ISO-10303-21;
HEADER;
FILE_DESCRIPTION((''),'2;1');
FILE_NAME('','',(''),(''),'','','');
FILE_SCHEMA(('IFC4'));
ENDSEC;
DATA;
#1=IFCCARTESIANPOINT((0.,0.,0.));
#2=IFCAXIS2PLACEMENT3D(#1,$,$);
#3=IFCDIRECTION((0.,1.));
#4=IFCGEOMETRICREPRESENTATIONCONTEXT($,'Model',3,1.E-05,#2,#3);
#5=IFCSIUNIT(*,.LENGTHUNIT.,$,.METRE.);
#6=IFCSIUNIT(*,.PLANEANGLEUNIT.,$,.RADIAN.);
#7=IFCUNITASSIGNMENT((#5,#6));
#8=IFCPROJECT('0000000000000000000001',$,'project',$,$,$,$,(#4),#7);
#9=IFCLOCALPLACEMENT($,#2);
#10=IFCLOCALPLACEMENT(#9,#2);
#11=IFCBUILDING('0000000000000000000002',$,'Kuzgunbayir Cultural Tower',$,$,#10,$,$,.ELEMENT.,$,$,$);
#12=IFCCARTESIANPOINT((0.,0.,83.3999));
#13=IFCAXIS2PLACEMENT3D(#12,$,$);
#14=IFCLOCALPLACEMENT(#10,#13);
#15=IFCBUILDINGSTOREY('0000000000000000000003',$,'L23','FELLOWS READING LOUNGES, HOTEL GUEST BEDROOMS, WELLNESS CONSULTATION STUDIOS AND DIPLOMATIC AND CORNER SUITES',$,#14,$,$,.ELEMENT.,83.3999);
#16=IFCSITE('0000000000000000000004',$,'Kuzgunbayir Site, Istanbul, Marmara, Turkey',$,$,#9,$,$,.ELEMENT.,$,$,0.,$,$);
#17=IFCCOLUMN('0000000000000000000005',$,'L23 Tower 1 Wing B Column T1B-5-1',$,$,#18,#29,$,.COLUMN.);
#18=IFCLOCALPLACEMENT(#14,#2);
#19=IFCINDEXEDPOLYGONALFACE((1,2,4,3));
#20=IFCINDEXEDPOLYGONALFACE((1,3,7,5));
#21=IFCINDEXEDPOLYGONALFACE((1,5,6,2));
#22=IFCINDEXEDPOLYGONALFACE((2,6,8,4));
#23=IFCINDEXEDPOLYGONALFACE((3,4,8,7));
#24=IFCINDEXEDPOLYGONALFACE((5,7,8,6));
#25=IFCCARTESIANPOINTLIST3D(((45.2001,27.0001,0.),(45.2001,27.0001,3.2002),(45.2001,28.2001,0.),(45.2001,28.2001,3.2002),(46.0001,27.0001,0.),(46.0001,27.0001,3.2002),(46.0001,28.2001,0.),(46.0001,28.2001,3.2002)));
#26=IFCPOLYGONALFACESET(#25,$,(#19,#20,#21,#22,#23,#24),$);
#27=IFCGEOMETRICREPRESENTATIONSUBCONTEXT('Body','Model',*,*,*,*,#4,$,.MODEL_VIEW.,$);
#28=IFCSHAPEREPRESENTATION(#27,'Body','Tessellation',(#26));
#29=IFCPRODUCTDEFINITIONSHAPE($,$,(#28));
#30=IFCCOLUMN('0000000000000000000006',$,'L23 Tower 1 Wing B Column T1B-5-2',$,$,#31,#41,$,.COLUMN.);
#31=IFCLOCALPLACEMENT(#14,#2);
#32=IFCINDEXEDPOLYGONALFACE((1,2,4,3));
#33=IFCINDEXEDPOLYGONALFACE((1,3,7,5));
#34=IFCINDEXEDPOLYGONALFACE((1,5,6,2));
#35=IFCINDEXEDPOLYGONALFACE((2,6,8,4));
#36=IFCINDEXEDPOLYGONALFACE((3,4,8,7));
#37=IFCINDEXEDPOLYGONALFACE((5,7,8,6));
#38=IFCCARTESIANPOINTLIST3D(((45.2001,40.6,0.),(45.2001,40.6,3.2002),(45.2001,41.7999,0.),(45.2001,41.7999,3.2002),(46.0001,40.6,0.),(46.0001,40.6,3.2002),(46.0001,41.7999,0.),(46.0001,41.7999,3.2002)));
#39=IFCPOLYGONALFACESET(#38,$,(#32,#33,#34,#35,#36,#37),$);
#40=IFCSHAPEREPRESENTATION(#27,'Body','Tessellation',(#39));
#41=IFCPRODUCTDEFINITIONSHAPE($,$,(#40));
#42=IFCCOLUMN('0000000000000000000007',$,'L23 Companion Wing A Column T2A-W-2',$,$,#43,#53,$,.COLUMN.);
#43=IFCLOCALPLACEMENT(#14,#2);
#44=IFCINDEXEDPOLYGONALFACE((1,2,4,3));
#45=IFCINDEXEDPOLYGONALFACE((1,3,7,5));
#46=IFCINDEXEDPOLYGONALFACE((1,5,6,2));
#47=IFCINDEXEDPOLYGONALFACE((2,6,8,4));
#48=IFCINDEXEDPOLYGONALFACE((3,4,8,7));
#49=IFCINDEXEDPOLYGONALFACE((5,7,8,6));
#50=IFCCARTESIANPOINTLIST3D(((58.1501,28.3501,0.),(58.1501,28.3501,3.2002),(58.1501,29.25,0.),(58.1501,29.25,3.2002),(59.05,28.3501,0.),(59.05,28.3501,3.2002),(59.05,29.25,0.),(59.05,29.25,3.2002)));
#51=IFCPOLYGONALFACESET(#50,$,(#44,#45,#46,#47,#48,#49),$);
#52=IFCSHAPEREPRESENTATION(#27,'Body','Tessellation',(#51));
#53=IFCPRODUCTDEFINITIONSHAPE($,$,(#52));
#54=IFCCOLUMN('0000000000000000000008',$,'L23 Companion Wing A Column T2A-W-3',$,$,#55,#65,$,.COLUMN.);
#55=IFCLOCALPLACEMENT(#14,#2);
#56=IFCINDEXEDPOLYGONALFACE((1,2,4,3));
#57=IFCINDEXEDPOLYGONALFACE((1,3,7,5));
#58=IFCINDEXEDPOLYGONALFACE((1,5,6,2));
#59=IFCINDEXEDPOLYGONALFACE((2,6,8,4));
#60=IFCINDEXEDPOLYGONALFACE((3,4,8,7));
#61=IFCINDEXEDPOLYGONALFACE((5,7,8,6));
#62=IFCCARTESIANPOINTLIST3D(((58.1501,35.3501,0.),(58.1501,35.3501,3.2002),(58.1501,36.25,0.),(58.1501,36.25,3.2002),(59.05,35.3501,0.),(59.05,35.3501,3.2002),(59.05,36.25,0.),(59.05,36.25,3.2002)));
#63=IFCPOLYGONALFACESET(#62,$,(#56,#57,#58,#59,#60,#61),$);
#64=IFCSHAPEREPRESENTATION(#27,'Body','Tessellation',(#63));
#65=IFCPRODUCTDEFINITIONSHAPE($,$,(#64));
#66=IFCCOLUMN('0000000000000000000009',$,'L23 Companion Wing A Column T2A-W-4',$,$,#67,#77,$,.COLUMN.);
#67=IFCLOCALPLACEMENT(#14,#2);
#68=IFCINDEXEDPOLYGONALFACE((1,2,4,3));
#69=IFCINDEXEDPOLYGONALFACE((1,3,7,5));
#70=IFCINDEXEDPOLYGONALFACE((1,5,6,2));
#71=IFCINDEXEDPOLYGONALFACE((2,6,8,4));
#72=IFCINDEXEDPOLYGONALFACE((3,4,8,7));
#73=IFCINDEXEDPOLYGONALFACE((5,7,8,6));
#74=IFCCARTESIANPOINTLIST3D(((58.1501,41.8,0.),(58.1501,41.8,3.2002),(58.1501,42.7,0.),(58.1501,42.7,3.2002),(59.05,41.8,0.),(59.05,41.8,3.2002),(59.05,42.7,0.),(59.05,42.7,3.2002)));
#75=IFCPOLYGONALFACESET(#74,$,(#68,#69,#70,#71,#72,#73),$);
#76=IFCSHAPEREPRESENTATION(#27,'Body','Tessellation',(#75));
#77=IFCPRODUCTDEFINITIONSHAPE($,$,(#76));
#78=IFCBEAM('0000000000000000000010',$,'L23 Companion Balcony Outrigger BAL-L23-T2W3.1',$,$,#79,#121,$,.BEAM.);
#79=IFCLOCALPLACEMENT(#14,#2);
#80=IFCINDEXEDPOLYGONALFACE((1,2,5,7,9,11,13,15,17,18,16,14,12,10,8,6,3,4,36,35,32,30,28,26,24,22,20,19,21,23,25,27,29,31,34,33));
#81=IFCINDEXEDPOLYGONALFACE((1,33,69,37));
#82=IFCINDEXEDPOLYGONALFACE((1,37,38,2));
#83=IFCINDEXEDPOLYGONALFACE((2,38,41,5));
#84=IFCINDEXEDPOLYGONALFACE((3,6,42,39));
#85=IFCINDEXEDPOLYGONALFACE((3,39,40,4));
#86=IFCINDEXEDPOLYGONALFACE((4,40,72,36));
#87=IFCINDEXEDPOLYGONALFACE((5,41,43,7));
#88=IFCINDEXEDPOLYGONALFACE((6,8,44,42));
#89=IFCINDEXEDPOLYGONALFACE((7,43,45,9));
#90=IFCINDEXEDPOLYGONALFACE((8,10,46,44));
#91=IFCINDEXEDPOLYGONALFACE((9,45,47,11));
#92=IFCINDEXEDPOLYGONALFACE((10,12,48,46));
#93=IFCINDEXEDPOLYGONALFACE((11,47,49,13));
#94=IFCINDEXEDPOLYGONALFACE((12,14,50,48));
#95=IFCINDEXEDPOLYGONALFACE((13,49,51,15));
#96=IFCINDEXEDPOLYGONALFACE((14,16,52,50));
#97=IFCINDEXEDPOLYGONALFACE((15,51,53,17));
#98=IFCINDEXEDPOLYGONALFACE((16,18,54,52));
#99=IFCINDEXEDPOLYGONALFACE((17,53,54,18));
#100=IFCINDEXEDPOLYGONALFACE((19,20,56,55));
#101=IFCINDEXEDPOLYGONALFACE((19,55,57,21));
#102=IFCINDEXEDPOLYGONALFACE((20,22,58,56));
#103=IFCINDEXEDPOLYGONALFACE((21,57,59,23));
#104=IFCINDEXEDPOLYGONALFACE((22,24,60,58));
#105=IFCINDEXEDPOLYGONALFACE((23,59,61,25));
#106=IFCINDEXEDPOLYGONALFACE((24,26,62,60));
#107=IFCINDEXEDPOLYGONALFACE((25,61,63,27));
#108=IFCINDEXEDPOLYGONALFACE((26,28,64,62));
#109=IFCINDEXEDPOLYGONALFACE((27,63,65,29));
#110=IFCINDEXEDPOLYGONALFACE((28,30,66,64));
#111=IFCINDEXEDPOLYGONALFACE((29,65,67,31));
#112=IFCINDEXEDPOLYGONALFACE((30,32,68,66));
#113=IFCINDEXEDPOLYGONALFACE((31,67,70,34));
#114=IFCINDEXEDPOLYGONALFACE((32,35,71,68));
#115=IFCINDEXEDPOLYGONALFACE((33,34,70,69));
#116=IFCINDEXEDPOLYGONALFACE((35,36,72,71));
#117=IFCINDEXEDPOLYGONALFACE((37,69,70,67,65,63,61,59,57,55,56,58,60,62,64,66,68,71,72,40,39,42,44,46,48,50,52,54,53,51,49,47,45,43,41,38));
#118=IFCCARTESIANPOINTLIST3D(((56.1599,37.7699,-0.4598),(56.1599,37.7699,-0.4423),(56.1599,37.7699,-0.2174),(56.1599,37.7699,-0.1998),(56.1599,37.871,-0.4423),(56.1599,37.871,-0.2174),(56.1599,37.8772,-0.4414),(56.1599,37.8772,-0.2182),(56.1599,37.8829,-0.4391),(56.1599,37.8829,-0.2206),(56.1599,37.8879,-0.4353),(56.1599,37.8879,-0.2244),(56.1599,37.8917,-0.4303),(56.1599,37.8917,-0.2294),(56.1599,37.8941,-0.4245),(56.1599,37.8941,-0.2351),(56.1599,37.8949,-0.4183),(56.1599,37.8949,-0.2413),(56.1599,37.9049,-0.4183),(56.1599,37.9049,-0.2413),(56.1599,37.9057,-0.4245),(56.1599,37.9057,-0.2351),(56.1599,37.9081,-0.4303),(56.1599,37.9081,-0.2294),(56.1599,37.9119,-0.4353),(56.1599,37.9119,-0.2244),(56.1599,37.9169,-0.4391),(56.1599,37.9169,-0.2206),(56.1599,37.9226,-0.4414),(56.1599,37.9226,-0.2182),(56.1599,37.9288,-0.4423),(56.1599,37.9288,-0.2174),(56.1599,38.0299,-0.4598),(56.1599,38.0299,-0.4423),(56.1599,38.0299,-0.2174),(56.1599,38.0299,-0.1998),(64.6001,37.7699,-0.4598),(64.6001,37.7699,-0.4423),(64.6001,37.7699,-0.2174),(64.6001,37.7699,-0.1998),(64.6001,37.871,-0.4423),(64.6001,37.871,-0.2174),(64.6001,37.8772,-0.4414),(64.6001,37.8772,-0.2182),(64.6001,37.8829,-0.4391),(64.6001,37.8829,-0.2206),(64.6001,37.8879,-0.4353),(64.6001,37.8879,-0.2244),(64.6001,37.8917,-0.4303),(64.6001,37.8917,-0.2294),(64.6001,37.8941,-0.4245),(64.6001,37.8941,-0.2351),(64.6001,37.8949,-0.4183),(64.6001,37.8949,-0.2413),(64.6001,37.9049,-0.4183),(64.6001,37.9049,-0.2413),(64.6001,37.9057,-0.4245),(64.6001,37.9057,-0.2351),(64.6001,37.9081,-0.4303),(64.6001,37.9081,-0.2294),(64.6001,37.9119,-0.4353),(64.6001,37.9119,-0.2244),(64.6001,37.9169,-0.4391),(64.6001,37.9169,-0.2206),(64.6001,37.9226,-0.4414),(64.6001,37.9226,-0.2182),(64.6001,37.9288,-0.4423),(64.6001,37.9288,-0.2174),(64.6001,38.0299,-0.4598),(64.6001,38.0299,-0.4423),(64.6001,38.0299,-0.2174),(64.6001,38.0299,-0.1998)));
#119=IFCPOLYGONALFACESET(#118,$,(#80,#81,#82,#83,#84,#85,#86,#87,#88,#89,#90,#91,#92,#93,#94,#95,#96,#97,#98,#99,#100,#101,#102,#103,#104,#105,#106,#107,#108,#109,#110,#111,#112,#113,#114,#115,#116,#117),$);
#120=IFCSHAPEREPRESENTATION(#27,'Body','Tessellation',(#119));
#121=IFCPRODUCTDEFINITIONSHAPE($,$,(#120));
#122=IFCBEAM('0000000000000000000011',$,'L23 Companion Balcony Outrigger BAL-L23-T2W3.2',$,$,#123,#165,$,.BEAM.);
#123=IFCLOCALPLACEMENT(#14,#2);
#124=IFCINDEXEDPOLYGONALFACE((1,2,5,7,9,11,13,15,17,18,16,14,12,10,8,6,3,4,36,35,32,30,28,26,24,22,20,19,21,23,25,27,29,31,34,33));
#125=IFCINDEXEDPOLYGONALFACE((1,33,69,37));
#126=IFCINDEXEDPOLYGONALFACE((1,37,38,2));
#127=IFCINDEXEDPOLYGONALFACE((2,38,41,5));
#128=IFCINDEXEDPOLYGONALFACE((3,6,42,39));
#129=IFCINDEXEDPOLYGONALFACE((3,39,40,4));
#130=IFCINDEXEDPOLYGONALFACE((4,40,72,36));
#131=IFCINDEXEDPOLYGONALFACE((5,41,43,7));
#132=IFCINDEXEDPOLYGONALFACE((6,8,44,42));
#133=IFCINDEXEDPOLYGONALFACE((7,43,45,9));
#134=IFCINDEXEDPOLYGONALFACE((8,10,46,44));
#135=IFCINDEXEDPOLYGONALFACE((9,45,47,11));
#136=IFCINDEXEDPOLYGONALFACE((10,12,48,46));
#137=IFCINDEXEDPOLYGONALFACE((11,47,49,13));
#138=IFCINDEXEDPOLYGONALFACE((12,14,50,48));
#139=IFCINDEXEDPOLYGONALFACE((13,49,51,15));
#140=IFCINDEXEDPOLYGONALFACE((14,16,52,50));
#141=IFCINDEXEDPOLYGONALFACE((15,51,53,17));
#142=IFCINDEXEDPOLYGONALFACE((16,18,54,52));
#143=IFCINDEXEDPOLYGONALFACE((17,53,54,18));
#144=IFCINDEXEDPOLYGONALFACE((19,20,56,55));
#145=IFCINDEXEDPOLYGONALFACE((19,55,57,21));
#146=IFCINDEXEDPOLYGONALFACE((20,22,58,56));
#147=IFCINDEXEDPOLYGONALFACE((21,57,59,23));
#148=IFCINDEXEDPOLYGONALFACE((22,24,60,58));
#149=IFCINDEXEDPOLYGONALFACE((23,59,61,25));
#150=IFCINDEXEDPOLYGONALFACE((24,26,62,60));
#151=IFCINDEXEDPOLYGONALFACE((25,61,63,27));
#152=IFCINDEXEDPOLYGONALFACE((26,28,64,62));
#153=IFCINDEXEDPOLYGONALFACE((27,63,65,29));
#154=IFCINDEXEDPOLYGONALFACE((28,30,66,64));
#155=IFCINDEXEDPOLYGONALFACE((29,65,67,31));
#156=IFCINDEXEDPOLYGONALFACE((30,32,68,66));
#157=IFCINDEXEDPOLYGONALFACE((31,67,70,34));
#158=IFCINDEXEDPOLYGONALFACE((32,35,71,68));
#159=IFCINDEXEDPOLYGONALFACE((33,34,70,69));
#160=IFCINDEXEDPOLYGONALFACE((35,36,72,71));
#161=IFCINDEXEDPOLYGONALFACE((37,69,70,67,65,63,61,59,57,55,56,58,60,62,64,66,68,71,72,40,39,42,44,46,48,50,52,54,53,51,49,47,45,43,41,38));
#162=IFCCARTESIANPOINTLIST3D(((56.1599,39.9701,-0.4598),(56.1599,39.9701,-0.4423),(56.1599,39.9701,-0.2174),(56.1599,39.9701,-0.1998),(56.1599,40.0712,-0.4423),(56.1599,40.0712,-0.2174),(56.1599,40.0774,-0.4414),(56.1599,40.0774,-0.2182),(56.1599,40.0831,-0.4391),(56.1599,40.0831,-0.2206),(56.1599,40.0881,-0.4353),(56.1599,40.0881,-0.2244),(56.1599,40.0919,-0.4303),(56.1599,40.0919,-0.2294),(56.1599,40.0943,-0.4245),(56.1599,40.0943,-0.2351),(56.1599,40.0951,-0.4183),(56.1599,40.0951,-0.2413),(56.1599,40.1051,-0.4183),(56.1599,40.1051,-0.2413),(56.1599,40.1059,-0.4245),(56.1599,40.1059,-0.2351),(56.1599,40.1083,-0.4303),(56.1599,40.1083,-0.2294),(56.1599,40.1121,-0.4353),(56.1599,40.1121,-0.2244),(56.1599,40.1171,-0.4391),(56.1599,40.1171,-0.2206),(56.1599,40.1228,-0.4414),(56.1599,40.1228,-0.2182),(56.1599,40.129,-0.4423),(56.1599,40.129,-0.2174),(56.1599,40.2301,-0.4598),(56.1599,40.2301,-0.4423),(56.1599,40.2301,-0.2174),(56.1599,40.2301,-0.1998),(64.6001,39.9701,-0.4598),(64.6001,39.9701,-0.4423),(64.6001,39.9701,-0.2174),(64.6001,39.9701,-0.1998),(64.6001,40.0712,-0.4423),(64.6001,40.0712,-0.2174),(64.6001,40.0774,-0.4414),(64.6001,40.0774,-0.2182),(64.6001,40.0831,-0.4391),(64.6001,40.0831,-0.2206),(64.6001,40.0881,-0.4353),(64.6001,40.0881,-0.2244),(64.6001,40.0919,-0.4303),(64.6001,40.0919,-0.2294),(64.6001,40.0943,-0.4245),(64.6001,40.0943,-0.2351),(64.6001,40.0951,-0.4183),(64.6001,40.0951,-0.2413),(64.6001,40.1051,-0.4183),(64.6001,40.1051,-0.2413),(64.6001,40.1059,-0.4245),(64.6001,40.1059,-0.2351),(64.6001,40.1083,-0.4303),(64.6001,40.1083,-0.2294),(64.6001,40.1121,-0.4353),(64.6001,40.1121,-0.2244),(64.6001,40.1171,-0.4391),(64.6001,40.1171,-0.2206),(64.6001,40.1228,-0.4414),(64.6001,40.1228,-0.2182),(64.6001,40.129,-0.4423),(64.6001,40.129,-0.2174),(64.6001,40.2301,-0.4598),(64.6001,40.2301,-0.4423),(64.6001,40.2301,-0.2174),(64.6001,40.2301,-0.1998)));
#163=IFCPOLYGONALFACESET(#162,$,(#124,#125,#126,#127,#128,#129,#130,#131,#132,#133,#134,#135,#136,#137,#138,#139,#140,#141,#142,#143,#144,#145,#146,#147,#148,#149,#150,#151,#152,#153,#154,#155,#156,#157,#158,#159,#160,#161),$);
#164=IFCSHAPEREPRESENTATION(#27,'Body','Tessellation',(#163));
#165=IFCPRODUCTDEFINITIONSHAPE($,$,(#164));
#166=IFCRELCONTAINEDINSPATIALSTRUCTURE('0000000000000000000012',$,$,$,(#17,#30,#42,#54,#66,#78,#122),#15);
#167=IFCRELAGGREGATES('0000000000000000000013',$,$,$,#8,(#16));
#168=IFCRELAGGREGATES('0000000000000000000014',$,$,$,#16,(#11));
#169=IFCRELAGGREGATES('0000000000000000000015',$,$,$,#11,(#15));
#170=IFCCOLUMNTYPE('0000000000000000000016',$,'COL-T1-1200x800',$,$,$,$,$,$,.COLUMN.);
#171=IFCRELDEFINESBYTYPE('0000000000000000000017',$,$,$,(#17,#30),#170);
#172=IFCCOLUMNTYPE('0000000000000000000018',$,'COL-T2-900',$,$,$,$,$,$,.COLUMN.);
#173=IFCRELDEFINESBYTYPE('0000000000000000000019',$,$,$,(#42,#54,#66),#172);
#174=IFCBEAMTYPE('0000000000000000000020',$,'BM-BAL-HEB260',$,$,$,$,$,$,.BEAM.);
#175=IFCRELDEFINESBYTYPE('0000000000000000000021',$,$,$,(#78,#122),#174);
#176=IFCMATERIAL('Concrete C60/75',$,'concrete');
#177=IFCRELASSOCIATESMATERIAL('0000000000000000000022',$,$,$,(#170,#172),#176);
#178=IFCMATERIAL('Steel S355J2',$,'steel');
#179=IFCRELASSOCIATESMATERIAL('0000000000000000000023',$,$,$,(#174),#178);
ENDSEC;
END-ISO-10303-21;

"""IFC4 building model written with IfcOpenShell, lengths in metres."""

from ifc_helpers import new_model, si_unit, direction, frame, origin, origin_2d, place, context, subcontext, project, spatial, rectangle, i_section, extrude, material, material_profile, profile_set, type_object, element, save


model = new_model("IFC4")

# Units and contexts
model_context = context("Model", 3, precision=1e-05, world=origin(), true_north=direction((0.0, 1.0)))
body_context = subcontext(model_context, "Body", "Model", "MODEL_VIEW")
ifc_project = project(units=[si_unit("LENGTHUNIT", "METRE"), si_unit("PLANEANGLEUNIT", "RADIAN")], contexts=[model_context])

# Site, building, storey
site_placement = place(None, origin())
site = spatial("IfcSite", under=ifc_project, at=site_placement, Name="Kuzgunbayir Site, Istanbul, Marmara, Turkey", CompositionType="ELEMENT", RefElevation=0.0)
building_placement = place(site_placement, origin())
building = spatial("IfcBuilding", under=site, at=building_placement, Name="Kuzgunbayir Cultural Tower", CompositionType="ELEMENT")
storey_placement = place(building_placement, frame((0.0, 0.0, 83.3999)))
storey = spatial("IfcBuildingStorey", under=building, at=storey_placement, Name="L23", Description="FELLOWS READING LOUNGES, HOTEL GUEST BEDROOMS, WELLNESS CONSULTATION STUDIOS AND DIPLOMATIC AND CORNER SUITES", CompositionType="ELEMENT", Elevation=83.3999)

# Columns
ifc_material_1 = material(Name="Concrete C60/75", Category="concrete")
ifc_material_profile_1 = material_profile(ifc_material_1, rectangle(XDim=0.8, YDim=1.2, at=origin_2d()), Name="RC 1200x800")
ifc_profile_set_1 = profile_set([ifc_material_profile_1], Name="Concrete C60/75")
column_type_1 = type_object("IfcColumnType", Name="COL-T1-1200x800", PredefinedType="COLUMN", material=ifc_profile_set_1)
for number, where, z_axis, x_axis, name in (
    (1, (45.6001, 27.6001, 0.0), (0.0, 0.0, 1.0), (1.0, 0.0, 0.0), "L23 Tower 1 Wing B Column T1B-5-1"),
    (2, (45.6001, 41.2, 0.0), (0.0, 0.0, 1.0), (1.0, 0.0, 0.0), "L23 Tower 1 Wing B Column T1B-5-2"),
):
    element("IfcColumn", number, at=place(storey_placement, frame(where, z_axis=z_axis, x_axis=x_axis)), inside=storey, type_object=column_type_1, Name=name, PredefinedType="COLUMN", context=body_context, shape_type="SweptSolid", body=[
        extrude(rectangle(XDim=0.8, YDim=1.2, at=origin_2d()), origin(), (0.0, 0.0, 1.0), 3.2002),
    ])
ifc_material_profile_2 = material_profile(ifc_material_1, rectangle(XDim=0.8999, YDim=0.8999, at=origin_2d()), Name="RC 900x900")
ifc_profile_set_2 = profile_set([ifc_material_profile_2], Name="Concrete C60/75")
column_type_2 = type_object("IfcColumnType", Name="COL-T2-900", PredefinedType="COLUMN", material=ifc_profile_set_2)
for number, where, z_axis, x_axis, name in (
    (3, (58.6001, 28.8, 0.0), (0.0, 0.0, 1.0), (1.0, 0.0, 0.0), "L23 Companion Wing A Column T2A-W-2"),
    (4, (58.6001, 35.8, 0.0), (0.0, 0.0, 1.0), (1.0, 0.0, 0.0), "L23 Companion Wing A Column T2A-W-3"),
    (5, (58.6001, 42.25, 0.0), (0.0, 0.0, 1.0), (1.0, 0.0, 0.0), "L23 Companion Wing A Column T2A-W-4"),
):
    element("IfcColumn", number, at=place(storey_placement, frame(where, z_axis=z_axis, x_axis=x_axis)), inside=storey, type_object=column_type_2, Name=name, PredefinedType="COLUMN", context=body_context, shape_type="SweptSolid", body=[
        extrude(rectangle(XDim=0.8999, YDim=0.8999, at=origin_2d()), origin(), (0.0, 0.0, 1.0), 3.2002),
    ])

# Beams
ifc_material_2 = material(Name="Steel S355J2", Category="steel")
ifc_material_profile_3 = material_profile(ifc_material_2, i_section(OverallWidth=0.26, OverallDepth=0.26, WebThickness=0.01, FlangeThickness=0.0176, FilletRadius=0.0239, at=origin_2d()), Name="HEB 260")
ifc_profile_set_3 = profile_set([ifc_material_profile_3], Name="Steel S355J2")
beam_type_1 = type_object("IfcBeamType", Name="BM-BAL-HEB260", PredefinedType="BEAM", material=ifc_profile_set_3)
for number, where, z_axis, x_axis, name in (
    (6, (56.1599, 37.8999, -0.3298), (1.0, 0.0, 0.0), (0.0, 1.0, 0.0), "L23 Companion Balcony Outrigger BAL-L23-T2W3.1"),
    (7, (56.1599, 40.1001, -0.3298), (1.0, 0.0, 0.0), (0.0, 1.0, 0.0), "L23 Companion Balcony Outrigger BAL-L23-T2W3.2"),
):
    element("IfcBeam", number, at=place(storey_placement, frame(where, z_axis=z_axis, x_axis=x_axis)), inside=storey, type_object=beam_type_1, Name=name, PredefinedType="BEAM", context=body_context, shape_type="SweptSolid", body=[
        extrude(i_section(OverallWidth=0.26, OverallDepth=0.26, WebThickness=0.01, FlangeThickness=0.0176, FilletRadius=0.0239, at=origin_2d()), origin(), (0.0, 0.0, 1.0), 8.4402),
    ])

save(model, "model.ifc")
